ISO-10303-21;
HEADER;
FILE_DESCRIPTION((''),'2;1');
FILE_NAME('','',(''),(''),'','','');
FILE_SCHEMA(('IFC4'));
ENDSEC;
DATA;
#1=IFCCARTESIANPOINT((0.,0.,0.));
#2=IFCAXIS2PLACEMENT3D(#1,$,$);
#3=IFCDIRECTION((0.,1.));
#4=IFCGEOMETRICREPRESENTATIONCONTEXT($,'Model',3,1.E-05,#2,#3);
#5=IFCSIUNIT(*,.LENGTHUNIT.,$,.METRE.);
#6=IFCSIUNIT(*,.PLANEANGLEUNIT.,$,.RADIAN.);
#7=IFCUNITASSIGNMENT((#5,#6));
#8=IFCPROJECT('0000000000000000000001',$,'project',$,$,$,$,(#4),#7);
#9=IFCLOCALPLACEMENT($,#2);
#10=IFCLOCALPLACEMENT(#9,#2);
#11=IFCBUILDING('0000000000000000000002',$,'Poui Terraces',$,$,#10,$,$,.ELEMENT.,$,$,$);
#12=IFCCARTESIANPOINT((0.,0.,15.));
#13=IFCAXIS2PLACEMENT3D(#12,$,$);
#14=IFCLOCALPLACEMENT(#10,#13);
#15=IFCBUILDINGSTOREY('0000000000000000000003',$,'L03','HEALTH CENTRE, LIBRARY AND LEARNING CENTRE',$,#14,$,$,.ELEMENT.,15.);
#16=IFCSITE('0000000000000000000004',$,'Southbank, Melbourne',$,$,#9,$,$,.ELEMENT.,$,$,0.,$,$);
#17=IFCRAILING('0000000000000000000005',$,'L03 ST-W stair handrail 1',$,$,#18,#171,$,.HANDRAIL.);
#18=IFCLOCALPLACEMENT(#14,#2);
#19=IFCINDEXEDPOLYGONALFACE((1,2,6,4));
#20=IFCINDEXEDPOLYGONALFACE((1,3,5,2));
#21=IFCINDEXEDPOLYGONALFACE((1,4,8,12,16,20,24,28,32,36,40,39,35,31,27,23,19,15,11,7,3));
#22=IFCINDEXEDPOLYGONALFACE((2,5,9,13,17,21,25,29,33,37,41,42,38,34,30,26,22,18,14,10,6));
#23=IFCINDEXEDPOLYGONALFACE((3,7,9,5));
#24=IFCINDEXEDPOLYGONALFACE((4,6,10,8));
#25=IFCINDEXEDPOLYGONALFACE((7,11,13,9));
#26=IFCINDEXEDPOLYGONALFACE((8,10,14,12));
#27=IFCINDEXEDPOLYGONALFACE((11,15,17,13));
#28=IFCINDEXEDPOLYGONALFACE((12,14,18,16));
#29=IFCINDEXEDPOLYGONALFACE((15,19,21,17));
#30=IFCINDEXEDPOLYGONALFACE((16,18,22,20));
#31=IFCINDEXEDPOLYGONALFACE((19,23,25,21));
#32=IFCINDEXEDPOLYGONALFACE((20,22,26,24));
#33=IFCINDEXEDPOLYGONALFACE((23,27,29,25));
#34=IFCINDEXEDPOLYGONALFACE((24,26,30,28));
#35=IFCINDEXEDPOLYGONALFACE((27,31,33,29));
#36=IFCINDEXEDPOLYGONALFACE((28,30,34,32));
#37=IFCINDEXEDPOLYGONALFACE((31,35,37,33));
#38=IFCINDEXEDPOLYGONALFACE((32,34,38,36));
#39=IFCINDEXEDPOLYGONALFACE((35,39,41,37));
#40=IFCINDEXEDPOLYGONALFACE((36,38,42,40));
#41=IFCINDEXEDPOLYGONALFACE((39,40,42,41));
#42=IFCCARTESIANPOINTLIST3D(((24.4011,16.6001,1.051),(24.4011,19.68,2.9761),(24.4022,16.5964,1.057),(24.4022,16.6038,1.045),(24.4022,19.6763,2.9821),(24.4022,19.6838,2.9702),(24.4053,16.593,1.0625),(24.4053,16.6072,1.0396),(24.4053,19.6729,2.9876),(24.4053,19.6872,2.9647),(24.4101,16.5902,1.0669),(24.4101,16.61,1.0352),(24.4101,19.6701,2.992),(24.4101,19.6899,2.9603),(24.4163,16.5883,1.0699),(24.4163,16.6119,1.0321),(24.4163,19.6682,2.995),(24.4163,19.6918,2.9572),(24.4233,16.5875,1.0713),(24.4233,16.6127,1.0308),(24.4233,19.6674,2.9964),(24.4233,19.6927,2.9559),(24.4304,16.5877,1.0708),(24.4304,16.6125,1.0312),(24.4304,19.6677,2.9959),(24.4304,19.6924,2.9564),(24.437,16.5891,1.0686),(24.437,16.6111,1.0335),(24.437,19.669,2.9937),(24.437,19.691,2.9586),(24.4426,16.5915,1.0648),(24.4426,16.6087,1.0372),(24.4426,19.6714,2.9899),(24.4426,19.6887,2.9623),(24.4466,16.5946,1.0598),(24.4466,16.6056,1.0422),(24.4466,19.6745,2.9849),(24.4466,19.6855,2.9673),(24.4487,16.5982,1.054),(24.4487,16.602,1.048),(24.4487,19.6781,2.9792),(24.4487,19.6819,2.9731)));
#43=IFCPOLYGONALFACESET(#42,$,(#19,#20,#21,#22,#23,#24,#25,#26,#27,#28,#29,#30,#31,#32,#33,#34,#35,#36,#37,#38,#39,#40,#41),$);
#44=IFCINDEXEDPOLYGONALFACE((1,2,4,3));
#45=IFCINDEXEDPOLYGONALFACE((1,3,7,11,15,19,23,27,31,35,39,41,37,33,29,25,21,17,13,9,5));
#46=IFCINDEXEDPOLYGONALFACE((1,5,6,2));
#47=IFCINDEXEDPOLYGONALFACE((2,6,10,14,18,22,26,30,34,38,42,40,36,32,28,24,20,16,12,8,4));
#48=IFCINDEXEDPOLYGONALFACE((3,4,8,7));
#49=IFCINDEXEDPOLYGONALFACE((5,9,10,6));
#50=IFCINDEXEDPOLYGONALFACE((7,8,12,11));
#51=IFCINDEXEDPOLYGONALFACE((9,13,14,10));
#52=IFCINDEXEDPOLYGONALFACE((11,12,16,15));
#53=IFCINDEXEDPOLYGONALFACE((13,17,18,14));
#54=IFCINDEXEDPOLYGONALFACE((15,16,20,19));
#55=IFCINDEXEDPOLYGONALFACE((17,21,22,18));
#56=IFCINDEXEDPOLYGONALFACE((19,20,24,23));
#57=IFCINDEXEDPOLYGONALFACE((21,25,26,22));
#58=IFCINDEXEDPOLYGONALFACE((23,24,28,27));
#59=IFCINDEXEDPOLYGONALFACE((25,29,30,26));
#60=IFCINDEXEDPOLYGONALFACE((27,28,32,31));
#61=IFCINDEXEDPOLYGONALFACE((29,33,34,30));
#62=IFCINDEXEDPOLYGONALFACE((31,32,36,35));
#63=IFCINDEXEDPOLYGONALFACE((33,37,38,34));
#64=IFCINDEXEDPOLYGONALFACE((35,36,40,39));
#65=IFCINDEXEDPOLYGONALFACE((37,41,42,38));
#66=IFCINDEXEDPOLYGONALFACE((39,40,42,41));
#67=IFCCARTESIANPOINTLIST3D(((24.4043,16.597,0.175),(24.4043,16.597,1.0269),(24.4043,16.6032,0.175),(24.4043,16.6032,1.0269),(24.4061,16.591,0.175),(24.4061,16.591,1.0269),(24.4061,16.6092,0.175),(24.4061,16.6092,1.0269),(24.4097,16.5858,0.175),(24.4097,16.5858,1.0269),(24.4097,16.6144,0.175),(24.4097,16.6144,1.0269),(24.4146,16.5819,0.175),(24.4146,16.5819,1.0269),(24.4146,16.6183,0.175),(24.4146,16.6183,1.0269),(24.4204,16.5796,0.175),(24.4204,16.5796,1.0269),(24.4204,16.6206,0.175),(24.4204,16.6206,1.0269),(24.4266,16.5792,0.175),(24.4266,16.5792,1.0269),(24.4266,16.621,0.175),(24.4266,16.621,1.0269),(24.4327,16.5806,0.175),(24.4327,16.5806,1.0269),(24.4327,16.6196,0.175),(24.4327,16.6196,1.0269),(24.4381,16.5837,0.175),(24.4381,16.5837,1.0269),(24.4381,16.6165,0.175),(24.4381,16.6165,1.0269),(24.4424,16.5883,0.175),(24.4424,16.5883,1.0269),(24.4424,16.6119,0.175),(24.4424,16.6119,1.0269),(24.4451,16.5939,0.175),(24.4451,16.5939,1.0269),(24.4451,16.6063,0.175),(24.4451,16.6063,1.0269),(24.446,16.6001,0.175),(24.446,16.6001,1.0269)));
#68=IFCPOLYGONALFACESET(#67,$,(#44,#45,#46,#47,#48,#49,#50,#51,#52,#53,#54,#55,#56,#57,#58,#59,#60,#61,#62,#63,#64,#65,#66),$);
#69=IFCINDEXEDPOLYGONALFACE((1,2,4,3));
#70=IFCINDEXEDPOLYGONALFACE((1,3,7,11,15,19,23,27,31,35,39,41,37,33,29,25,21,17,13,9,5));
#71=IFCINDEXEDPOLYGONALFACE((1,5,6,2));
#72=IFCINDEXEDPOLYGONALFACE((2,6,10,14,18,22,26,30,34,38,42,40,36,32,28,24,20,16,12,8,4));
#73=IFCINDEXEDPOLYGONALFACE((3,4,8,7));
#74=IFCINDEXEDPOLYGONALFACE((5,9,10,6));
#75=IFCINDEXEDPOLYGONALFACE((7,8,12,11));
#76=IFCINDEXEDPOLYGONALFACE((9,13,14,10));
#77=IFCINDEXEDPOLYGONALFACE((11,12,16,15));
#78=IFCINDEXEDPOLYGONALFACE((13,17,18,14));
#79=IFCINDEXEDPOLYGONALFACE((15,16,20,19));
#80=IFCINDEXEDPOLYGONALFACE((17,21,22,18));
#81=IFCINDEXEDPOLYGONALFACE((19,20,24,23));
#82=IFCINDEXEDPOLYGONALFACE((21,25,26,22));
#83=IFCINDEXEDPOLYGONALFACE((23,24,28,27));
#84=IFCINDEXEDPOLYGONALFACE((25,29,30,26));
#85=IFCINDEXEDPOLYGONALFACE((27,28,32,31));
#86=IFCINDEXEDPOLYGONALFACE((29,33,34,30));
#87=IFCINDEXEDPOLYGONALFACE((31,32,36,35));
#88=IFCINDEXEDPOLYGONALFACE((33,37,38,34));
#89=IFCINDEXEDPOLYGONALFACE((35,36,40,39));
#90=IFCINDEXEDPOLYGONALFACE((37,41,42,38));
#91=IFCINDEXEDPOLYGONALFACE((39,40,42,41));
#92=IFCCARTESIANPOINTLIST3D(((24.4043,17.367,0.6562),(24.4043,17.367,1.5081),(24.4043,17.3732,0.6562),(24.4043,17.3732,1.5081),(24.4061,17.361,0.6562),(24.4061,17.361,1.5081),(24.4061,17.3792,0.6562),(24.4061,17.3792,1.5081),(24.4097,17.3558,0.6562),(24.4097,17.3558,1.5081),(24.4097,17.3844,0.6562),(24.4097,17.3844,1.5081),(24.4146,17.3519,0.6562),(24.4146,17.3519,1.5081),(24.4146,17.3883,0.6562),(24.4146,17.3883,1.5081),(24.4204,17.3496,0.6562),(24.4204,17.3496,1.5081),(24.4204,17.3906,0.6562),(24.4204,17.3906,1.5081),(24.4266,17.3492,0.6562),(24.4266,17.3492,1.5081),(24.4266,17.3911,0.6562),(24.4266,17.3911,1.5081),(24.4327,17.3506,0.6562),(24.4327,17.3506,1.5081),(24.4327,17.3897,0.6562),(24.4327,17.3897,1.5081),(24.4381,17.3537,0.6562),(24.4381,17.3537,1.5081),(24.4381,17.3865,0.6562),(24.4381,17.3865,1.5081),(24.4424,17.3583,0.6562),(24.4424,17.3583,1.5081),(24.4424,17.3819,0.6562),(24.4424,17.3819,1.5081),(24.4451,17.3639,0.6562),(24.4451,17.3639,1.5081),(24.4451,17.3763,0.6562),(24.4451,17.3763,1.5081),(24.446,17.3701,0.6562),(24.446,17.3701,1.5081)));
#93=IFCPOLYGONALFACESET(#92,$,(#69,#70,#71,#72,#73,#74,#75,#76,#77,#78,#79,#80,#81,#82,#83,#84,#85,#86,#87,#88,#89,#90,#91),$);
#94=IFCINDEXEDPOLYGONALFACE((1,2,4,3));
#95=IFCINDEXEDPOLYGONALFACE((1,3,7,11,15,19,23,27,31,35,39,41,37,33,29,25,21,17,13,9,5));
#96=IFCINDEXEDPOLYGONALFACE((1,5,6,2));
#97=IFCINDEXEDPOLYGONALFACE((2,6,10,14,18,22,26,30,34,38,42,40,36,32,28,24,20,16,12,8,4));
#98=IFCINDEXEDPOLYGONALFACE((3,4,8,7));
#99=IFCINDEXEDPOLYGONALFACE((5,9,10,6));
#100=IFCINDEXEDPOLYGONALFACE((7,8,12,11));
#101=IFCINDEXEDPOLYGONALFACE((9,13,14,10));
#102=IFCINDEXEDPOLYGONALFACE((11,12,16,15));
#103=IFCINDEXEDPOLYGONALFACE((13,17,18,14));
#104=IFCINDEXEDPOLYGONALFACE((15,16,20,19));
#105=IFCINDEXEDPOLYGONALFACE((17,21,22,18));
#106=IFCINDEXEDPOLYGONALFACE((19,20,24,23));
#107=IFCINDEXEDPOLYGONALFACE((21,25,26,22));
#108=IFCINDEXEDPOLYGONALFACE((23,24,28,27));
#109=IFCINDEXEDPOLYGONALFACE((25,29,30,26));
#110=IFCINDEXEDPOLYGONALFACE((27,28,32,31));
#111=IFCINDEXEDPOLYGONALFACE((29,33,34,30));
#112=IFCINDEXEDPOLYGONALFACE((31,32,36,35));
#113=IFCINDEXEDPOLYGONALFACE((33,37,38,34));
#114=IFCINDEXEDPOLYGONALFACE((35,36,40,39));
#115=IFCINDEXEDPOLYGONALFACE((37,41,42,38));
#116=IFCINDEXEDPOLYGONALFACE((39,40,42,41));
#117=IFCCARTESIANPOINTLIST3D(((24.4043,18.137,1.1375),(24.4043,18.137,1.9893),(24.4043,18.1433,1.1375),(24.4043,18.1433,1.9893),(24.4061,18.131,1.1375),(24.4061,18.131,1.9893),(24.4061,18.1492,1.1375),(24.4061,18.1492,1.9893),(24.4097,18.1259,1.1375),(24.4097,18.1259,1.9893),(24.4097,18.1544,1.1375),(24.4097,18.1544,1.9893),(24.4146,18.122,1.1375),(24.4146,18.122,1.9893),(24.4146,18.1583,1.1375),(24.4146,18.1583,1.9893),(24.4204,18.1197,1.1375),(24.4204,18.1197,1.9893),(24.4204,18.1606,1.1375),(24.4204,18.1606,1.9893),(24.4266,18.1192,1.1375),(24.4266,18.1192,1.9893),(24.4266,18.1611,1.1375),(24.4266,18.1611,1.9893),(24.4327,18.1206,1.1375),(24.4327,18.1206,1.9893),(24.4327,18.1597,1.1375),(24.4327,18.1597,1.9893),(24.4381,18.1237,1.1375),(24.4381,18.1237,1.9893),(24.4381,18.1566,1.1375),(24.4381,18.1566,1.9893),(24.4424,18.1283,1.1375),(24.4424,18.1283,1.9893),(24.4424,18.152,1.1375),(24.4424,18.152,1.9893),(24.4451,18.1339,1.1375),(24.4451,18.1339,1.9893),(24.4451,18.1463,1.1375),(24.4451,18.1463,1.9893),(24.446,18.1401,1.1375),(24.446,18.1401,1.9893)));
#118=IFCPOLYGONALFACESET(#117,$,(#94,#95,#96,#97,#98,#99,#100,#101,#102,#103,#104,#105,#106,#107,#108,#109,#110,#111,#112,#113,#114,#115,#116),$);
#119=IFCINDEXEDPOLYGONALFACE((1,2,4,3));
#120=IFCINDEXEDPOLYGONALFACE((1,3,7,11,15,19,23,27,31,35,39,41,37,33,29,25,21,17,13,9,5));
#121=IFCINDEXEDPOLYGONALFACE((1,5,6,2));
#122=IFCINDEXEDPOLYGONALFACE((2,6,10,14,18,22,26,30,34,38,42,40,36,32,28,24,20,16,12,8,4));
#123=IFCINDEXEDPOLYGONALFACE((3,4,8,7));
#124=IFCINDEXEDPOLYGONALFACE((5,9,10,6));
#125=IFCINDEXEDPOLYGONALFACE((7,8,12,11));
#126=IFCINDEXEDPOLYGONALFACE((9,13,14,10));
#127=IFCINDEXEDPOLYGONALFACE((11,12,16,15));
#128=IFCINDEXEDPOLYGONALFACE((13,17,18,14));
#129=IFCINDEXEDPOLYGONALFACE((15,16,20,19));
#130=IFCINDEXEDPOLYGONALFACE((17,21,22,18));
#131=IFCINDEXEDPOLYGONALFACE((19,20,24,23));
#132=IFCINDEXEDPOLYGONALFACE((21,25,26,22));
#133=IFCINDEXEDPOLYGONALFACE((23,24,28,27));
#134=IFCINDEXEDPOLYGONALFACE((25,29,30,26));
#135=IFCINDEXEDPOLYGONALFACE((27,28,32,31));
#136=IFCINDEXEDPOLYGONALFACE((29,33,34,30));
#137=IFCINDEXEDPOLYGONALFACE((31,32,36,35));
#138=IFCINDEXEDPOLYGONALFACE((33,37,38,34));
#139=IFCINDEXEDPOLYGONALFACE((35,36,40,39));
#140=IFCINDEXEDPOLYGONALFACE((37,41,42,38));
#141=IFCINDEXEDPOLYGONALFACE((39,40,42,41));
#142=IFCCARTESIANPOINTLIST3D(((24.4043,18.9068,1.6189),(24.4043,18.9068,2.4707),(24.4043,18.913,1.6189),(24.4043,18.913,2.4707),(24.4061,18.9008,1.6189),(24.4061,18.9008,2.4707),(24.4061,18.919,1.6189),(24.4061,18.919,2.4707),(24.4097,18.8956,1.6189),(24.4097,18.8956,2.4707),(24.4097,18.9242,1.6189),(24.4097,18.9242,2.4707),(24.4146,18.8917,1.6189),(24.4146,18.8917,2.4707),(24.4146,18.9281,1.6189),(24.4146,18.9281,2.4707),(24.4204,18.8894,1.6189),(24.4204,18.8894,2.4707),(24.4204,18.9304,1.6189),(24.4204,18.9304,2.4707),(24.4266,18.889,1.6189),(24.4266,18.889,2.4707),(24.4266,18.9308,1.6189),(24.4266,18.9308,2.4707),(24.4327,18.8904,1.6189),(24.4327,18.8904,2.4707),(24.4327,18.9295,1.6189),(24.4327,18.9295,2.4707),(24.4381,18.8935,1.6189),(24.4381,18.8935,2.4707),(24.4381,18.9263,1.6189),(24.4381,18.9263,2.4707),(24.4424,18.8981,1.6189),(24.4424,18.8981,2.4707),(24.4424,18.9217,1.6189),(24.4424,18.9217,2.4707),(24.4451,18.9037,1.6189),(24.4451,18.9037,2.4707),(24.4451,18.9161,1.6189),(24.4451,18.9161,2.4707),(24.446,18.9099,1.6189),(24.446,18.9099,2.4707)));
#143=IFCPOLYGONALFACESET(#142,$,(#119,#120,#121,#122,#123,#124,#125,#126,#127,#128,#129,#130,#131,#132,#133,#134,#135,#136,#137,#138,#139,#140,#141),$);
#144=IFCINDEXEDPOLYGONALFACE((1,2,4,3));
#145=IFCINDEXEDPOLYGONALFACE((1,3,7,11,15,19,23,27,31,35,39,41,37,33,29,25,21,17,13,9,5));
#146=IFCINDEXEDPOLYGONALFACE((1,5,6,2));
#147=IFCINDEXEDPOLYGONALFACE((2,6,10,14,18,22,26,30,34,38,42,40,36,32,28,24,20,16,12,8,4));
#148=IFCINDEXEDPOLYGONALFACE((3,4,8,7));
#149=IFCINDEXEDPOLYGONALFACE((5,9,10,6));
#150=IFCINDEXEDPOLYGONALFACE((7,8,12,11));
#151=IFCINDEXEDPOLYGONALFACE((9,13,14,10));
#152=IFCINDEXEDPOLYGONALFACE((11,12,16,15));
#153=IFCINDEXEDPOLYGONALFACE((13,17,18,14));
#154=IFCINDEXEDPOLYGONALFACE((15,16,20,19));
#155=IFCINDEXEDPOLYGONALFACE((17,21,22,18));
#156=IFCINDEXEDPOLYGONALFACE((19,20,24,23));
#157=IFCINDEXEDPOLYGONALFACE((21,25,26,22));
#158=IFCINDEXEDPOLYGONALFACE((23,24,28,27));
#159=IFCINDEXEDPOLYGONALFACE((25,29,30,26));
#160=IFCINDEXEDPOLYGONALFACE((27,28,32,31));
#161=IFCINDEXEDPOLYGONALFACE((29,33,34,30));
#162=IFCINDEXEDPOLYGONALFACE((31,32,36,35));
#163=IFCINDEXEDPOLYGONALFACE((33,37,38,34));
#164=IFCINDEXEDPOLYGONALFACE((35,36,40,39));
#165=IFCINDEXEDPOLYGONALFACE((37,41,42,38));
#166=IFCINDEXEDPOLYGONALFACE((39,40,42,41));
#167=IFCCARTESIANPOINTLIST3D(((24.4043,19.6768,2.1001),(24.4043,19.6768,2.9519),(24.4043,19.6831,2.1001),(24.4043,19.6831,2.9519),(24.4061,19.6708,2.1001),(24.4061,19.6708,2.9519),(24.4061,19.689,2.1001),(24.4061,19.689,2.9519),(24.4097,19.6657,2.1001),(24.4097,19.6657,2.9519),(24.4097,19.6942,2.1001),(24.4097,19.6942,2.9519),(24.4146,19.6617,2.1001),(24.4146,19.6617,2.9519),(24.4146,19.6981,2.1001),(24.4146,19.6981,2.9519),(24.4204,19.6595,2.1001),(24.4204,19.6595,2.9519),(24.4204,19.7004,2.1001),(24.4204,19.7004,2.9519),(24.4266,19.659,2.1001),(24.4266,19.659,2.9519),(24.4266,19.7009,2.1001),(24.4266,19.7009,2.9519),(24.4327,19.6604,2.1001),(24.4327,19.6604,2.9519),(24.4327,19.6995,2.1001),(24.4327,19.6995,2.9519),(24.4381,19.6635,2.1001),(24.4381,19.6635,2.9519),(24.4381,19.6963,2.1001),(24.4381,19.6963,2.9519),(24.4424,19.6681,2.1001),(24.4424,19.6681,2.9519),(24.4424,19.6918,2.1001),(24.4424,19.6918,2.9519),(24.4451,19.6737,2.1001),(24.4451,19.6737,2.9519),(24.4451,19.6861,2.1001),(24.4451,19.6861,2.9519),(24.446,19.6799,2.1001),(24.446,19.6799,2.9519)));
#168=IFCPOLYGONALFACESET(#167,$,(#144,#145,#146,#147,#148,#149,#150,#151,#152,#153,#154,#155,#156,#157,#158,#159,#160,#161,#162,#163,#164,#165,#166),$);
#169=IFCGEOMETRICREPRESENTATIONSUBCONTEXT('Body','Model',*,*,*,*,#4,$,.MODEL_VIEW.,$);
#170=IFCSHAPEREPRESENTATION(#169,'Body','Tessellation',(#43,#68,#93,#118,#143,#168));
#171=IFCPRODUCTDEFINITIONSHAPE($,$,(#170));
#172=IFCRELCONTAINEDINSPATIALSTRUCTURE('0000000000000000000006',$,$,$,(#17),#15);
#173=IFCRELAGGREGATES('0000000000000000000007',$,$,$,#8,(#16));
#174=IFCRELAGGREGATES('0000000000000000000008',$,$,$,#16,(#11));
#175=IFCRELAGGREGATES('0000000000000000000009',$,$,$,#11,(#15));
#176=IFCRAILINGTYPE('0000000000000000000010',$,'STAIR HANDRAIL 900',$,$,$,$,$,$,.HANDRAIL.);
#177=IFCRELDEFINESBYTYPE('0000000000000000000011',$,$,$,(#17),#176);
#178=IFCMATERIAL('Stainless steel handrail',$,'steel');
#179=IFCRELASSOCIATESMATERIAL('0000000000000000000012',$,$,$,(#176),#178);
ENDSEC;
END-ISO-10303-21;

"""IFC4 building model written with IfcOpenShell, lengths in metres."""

from ifc_helpers import new_model, si_unit, direction, frame, origin, origin_2d, place, context, subcontext, project, spatial, circle, extrude, material, type_object, element, save


model = new_model("IFC4")

# Units and contexts
model_context = context("Model", 3, precision=1e-05, world=origin(), true_north=direction((0.0, 1.0)))
body_context = subcontext(model_context, "Body", "Model", "MODEL_VIEW")
ifc_project = project(units=[si_unit("LENGTHUNIT", "METRE"), si_unit("PLANEANGLEUNIT", "RADIAN")], contexts=[model_context])

# Site, building, storey
site_placement = place(None, origin())
site = spatial("IfcSite", under=ifc_project, at=site_placement, Name="Southbank, Melbourne", CompositionType="ELEMENT", RefElevation=0.0)
building_placement = place(site_placement, origin())
building = spatial("IfcBuilding", under=site, at=building_placement, Name="Poui Terraces", CompositionType="ELEMENT")
storey_placement = place(building_placement, frame((0.0, 0.0, 15.0)))
storey = spatial("IfcBuildingStorey", under=building, at=storey_placement, Name="L03", Description="HEALTH CENTRE, LIBRARY AND LEARNING CENTRE", CompositionType="ELEMENT", Elevation=15.0)

# Railing
ifc_material_1 = material(Name="Stainless steel handrail", Category="steel")
railing_type_1 = type_object("IfcRailingType", Name="STAIR HANDRAIL 900", PredefinedType="HANDRAIL", material=ifc_material_1)
railing_1_placement = place(storey_placement, frame((24.425, 16.6001, 0.175)))
element("IfcRailing", 1, at=railing_1_placement, inside=storey, type_object=railing_type_1, Name="L03 ST-W stair handrail 1", PredefinedType="HANDRAIL", context=body_context, shape_type="SweptSolid", body=[
    extrude(circle(Radius=0.0239, at=origin_2d()), frame((0.0, 0.0, 0.876), z_axis=(0.0, 0.847979, 0.530029), x_axis=(-1.0, 0.0, 0.0)), (0.0, 0.0, 1.0), 3.6321),
    extrude(circle(Radius=0.021, at=origin_2d()), origin(), (0.0, 0.0, 1.0), 0.8518),
    extrude(circle(Radius=0.021, at=origin_2d()), frame((0.0, 0.77, 0.4812)), (0.0, 0.0, 1.0), 0.8518),
    extrude(circle(Radius=0.021, at=origin_2d()), frame((0.0, 1.54, 0.9624)), (0.0, 0.0, 1.0), 0.8518),
    extrude(circle(Radius=0.021, at=origin_2d()), frame((0.0, 2.3098, 1.4438)), (0.0, 0.0, 1.0), 0.8518),
    extrude(circle(Radius=0.021, at=origin_2d()), frame((0.0, 3.0798, 1.925)), (0.0, 0.0, 1.0), 0.8518),
])

save(model, "model.ifc")
